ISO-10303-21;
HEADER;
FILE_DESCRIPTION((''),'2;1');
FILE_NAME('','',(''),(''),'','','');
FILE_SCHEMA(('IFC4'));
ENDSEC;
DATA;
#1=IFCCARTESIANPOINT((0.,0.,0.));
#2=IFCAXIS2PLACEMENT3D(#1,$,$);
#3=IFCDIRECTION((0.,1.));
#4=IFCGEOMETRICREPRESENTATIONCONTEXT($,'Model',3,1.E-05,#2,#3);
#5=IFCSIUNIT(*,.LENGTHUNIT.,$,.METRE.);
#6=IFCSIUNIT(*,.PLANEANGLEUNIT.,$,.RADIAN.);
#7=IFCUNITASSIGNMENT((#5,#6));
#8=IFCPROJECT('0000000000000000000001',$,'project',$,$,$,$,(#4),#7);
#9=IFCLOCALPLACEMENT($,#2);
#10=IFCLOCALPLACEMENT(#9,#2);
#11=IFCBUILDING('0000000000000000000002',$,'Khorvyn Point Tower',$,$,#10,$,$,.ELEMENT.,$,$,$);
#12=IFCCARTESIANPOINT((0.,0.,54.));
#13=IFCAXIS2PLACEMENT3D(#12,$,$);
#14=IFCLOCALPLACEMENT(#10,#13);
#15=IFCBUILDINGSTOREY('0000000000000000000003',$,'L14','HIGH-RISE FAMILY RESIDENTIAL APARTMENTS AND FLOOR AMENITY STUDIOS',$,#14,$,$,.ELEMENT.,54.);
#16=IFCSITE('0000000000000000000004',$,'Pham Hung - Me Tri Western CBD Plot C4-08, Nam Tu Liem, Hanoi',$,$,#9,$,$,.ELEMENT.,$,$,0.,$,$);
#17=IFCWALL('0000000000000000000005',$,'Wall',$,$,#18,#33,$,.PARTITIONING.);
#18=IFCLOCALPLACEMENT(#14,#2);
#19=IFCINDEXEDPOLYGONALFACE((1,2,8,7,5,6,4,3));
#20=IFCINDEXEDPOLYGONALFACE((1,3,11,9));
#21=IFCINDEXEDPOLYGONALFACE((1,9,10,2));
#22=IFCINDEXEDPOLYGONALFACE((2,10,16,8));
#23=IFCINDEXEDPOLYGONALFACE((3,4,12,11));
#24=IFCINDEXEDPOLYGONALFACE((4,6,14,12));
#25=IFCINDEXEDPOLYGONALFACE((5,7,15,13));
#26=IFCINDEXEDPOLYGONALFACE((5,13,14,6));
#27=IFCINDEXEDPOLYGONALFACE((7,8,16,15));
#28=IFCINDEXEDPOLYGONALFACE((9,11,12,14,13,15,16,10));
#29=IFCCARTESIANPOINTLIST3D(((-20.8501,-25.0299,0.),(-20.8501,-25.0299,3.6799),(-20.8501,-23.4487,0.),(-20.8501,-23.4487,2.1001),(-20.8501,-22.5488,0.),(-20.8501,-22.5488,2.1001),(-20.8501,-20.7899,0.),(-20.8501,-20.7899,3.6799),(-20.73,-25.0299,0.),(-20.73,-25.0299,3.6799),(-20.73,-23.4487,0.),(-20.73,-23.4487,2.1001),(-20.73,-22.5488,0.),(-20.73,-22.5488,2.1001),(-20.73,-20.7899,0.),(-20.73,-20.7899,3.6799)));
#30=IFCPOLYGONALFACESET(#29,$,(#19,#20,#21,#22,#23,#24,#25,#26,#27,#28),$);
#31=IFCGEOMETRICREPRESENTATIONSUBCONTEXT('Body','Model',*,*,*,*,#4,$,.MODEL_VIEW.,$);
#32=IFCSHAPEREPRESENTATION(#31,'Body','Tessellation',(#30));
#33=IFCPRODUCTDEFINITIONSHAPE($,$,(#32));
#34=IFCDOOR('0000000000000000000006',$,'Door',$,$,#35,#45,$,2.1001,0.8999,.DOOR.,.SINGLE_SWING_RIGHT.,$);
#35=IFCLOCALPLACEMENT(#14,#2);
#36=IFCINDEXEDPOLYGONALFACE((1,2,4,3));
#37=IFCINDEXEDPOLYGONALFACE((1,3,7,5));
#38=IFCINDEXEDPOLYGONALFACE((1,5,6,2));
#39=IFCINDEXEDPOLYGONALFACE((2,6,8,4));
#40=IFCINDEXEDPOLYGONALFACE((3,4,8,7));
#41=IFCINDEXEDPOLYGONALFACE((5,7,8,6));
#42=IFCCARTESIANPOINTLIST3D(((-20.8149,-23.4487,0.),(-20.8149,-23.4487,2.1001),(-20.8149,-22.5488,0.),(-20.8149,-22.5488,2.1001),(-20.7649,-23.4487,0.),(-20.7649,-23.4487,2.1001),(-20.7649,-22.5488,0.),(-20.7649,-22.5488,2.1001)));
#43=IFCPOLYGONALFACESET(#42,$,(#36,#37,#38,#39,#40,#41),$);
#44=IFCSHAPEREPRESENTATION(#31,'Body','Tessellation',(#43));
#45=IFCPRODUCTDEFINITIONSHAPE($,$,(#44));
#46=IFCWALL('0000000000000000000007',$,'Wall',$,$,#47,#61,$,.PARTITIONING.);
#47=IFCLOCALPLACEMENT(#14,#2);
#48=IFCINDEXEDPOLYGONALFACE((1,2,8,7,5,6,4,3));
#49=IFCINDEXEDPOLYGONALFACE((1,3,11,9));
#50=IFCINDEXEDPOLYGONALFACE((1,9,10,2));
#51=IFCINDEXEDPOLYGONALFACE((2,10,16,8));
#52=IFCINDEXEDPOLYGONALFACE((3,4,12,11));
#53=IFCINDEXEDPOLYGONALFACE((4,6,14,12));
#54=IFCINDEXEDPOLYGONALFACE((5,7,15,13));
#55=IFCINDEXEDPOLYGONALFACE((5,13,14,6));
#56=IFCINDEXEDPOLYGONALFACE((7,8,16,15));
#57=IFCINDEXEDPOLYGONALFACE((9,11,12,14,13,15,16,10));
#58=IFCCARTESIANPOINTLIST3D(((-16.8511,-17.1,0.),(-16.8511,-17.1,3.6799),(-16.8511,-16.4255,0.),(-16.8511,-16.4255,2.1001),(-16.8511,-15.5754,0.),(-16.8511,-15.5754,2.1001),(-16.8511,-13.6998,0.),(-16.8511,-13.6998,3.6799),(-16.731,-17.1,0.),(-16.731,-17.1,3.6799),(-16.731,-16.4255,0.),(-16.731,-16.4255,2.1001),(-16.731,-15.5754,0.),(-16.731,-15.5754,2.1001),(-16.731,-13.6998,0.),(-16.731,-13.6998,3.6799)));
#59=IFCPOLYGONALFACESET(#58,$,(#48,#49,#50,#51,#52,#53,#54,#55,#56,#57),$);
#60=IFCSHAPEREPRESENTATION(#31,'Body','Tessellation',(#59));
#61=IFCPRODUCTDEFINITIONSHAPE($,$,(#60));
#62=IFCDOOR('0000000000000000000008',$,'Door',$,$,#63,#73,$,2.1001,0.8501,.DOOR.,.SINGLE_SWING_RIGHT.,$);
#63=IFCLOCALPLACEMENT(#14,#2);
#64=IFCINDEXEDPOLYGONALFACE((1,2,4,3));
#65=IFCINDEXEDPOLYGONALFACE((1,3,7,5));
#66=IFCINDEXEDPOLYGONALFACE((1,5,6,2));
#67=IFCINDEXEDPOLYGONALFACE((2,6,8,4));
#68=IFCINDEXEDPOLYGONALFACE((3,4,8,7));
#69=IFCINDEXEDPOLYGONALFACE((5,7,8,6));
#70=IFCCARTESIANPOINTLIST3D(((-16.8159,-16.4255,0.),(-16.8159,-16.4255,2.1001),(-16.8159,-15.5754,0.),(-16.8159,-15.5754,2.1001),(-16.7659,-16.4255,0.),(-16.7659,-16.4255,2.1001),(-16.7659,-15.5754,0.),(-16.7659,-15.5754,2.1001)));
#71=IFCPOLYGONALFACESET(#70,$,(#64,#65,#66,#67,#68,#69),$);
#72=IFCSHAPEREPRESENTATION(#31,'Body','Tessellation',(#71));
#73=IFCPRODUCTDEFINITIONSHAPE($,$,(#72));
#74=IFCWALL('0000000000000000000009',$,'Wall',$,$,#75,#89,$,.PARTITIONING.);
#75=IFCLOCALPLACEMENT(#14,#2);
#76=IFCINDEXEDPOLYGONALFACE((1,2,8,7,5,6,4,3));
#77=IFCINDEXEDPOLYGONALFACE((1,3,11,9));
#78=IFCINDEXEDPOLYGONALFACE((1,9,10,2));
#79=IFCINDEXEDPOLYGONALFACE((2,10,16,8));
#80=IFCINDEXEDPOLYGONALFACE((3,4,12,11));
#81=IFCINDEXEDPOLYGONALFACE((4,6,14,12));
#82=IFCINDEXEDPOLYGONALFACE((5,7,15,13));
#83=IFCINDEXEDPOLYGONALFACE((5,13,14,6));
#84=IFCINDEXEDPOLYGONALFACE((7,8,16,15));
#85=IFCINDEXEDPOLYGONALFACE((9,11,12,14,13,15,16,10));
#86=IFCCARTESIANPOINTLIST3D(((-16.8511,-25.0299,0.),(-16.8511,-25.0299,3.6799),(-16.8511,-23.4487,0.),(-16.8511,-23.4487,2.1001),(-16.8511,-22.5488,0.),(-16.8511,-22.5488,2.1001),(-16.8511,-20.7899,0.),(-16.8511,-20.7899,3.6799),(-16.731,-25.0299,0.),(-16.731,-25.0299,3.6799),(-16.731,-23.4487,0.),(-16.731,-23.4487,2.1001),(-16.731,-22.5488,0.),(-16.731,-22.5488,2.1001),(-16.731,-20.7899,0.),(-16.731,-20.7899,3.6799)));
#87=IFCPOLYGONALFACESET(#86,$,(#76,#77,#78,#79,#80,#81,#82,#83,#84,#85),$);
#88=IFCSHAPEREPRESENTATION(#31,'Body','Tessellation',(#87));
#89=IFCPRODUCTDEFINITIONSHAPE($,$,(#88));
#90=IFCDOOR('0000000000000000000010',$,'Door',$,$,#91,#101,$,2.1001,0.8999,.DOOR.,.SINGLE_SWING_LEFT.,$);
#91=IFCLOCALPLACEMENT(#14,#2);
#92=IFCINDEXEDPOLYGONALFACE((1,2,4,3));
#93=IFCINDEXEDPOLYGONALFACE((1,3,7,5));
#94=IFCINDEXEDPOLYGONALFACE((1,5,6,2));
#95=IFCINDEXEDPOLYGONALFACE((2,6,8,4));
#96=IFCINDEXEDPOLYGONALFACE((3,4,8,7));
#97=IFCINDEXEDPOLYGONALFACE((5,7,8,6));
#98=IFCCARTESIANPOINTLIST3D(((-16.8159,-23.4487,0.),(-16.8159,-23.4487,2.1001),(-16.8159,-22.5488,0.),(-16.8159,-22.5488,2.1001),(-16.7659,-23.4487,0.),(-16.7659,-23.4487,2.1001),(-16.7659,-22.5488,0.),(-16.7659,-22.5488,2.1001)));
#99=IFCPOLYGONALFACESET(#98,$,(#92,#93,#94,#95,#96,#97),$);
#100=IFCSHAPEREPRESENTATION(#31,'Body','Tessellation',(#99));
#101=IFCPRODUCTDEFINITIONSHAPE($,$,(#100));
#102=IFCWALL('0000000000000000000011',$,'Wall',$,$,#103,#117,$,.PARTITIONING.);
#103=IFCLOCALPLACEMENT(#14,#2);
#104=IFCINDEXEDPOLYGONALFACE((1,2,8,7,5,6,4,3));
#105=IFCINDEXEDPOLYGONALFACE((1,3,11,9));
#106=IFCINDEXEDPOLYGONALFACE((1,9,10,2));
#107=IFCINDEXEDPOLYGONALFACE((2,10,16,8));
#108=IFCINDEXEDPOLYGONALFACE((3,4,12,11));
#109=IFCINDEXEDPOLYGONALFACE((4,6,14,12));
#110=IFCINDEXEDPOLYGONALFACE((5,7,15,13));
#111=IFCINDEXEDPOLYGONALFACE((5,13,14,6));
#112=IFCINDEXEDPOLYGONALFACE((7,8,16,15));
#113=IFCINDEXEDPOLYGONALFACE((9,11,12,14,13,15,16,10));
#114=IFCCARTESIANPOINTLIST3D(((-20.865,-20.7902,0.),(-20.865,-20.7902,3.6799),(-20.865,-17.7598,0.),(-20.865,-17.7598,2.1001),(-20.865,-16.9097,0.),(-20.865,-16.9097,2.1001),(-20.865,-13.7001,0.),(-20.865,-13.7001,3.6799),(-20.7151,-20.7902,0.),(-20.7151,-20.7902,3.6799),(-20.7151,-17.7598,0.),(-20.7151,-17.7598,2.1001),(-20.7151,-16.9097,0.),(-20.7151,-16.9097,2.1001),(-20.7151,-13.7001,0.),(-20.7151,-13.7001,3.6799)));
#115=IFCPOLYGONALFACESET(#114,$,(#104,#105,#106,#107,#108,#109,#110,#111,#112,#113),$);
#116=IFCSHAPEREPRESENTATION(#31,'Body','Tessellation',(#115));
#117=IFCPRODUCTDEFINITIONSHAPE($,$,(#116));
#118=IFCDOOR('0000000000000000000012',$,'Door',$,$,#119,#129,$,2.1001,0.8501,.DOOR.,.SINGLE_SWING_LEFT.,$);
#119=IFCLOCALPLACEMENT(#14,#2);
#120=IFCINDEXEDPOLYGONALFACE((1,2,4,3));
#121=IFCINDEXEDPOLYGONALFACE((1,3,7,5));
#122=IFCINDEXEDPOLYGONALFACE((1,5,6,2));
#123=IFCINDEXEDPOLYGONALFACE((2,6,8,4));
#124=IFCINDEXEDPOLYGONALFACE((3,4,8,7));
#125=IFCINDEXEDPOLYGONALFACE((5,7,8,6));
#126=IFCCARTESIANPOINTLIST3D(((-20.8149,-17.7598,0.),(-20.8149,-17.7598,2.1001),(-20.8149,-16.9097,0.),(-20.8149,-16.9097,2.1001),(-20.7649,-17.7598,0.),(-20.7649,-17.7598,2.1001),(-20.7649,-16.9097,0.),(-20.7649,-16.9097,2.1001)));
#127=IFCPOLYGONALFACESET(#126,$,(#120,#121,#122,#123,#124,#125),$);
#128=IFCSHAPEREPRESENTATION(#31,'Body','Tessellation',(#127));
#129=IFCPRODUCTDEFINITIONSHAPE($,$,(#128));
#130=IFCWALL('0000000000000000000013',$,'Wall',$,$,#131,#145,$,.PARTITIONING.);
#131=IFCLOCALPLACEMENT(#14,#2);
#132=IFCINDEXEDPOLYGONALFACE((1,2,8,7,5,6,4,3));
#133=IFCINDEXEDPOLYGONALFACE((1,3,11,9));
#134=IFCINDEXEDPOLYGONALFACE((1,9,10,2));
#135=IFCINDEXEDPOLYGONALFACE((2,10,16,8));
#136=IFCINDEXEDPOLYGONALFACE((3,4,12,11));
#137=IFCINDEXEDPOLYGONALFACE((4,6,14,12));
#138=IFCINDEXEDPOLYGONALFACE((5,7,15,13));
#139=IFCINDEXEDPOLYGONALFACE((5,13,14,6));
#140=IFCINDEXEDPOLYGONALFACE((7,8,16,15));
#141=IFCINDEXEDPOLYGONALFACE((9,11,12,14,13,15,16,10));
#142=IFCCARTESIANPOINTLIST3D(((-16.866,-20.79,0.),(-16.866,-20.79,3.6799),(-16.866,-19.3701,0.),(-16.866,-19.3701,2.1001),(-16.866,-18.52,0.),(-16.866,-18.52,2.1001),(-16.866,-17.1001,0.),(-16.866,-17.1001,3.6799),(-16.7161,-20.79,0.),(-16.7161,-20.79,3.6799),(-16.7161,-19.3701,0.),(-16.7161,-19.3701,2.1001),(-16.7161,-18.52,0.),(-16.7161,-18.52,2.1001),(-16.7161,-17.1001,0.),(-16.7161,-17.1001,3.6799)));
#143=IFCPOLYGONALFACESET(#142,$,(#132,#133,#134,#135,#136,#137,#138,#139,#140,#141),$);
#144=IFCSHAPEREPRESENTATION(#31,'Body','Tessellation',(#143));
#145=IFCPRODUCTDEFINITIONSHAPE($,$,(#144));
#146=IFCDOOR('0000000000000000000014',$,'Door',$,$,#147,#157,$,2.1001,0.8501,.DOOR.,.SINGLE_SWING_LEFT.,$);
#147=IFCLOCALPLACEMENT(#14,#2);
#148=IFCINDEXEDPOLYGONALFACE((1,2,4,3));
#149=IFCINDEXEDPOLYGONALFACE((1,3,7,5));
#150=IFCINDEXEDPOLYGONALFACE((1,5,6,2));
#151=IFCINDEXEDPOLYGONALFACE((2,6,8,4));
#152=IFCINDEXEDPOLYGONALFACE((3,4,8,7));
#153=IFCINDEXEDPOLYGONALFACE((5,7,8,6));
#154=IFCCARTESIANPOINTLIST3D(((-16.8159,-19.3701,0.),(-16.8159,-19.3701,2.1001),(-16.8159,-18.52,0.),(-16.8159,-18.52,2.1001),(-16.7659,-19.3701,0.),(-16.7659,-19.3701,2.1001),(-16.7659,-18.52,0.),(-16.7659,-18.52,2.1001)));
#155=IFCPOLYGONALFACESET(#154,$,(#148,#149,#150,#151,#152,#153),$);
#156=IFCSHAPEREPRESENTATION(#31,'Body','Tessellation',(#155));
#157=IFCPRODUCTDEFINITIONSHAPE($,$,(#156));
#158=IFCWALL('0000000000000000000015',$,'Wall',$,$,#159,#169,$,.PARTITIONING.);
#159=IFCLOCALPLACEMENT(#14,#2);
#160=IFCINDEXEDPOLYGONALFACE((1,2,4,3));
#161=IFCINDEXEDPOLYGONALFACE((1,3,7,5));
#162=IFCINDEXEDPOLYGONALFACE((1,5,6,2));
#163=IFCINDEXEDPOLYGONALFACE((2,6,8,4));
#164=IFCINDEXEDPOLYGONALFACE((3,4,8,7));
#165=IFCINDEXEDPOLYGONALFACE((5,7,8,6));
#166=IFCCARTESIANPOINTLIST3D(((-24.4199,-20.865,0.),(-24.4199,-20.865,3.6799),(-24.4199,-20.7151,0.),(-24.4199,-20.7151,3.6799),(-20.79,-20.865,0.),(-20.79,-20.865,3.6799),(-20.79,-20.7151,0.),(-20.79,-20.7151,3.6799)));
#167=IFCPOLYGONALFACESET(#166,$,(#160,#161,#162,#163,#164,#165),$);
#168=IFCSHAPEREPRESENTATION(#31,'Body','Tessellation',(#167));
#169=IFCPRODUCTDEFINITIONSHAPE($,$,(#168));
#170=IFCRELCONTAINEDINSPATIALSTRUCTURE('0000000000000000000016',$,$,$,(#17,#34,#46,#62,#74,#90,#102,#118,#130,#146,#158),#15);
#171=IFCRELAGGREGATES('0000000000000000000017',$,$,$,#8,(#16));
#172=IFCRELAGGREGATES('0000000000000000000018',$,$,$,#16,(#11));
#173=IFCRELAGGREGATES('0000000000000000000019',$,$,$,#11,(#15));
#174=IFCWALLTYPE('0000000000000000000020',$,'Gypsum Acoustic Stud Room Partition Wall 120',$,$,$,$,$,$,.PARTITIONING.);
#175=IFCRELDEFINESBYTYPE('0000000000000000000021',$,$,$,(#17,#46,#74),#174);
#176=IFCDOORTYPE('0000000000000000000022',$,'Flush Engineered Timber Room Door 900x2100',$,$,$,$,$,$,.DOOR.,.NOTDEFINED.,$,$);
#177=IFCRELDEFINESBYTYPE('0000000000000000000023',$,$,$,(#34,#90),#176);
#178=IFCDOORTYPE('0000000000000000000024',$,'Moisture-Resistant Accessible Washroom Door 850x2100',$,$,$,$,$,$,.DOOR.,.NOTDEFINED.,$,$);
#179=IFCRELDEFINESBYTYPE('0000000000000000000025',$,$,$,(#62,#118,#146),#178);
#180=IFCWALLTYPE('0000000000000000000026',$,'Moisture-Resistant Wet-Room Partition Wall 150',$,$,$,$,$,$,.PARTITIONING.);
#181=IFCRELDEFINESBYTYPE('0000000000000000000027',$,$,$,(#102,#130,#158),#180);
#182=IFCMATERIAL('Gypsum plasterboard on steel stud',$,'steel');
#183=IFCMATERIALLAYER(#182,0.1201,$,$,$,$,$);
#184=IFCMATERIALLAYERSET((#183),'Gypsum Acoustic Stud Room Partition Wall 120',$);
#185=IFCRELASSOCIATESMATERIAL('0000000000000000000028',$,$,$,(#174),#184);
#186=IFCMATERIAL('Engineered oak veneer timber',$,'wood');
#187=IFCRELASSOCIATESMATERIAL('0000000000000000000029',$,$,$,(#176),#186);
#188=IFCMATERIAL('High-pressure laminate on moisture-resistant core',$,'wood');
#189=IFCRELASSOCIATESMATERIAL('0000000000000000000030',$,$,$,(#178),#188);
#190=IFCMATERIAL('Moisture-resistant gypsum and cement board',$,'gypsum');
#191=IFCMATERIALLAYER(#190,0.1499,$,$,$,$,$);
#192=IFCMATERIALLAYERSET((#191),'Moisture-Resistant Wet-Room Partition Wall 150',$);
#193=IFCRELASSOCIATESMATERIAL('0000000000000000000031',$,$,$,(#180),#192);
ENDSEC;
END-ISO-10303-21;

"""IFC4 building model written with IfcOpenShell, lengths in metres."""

from ifc_helpers import new_model, si_unit, direction, frame, frame_2d, origin, place, context, subcontext, project, spatial, rectangle, extrude, material, layer, layer_set, type_object, element, fill, save


model = new_model("IFC4")

# Units and contexts
model_context = context("Model", 3, precision=1e-05, world=origin(), true_north=direction((0.0, 1.0)))
body_context = subcontext(model_context, "Body", "Model", "MODEL_VIEW")
ifc_project = project(units=[si_unit("LENGTHUNIT", "METRE"), si_unit("PLANEANGLEUNIT", "RADIAN")], contexts=[model_context])

# Site, building, storey
site_placement = place(None, origin())
site = spatial("IfcSite", under=ifc_project, at=site_placement, Name="Pham Hung - Me Tri Western CBD Plot C4-08, Nam Tu Liem, Hanoi", CompositionType="ELEMENT", RefElevation=0.0)
building_placement = place(site_placement, origin())
building = spatial("IfcBuilding", under=site, at=building_placement, Name="Khorvyn Point Tower", CompositionType="ELEMENT")
storey_placement = place(building_placement, frame((0.0, 0.0, 54.0)))
storey = spatial("IfcBuildingStorey", under=building, at=storey_placement, Name="L14", Description="HIGH-RISE FAMILY RESIDENTIAL APARTMENTS AND FLOOR AMENITY STUDIOS", CompositionType="ELEMENT", Elevation=54.0)

# Walls, openings, doors
ifc_material_1 = material(Name="Gypsum plasterboard on steel stud", Category="steel")
ifc_layer_1 = layer(ifc_material_1, 0.1201)
ifc_layer_set_1 = layer_set([ifc_layer_1], Name="Gypsum Acoustic Stud Room Partition Wall 120")
wall_type_1 = type_object("IfcWallType", Name="Gypsum Acoustic Stud Room Partition Wall 120", PredefinedType="PARTITIONING", material=ifc_layer_set_1)
wall_1_placement = place(storey_placement, frame((-20.79, -25.03, 0.0), z_axis=(0.0, 0.0, 1.0), x_axis=(0.0, 1.0, 0.0)))
wall_1 = element("IfcWall", 1, at=wall_1_placement, inside=storey, type_object=wall_type_1, Name="Wall", PredefinedType="PARTITIONING", context=body_context, shape_type="SweptSolid", body=[
    extrude(rectangle(XDim=4.24, YDim=0.1201, at=frame_2d((2.1201, 0.0))), origin(), (0.0, 0.0, 1.0), 3.6799),
])
opening_1_placement = place(wall_1_placement, frame((1.5813, 0.0, 0.0)))
opening_1 = element("IfcOpeningElement", 2, at=opening_1_placement, cuts=wall_1, PredefinedType="OPENING", context=body_context, shape_type="SweptSolid", body=[
    extrude(rectangle(XDim=0.8999, YDim=2.1001, at=frame_2d((0.45, 1.05))), frame((0.0, 0.0701, 0.0), z_axis=(0.0, -1.0, 0.0), x_axis=(1.0, 0.0, 0.0)), (0.0, 0.0, 1.0), 0.1401),
])
ifc_material_2 = material(Name="Engineered oak veneer timber", Category="wood")
door_type_1 = type_object("IfcDoorType", Name="Flush Engineered Timber Room Door 900x2100", OperationType="NOTDEFINED", PredefinedType="DOOR", material=ifc_material_2)
door_1_placement = place(opening_1_placement, origin())
door_1 = element("IfcDoor", 3, at=door_1_placement, inside=storey, type_object=door_type_1, Name="Door", OperationType="SINGLE_SWING_RIGHT", OverallHeight=2.1001, OverallWidth=0.8999, PredefinedType="DOOR", context=body_context, shape_type="SweptSolid", body=[
    extrude(rectangle(XDim=0.8999, YDim=2.1001, at=frame_2d((0.45, 1.05))), frame((0.0, 0.0249, 0.0), z_axis=(0.0, -1.0, 0.0), x_axis=(1.0, 0.0, 0.0)), (0.0, 0.0, 1.0), 0.05),
])
fill(opening_1, door_1)
wall_2_placement = place(storey_placement, frame((-16.791, -17.1001, 0.0), z_axis=(0.0, 0.0, 1.0), x_axis=(0.0, 1.0, 0.0)))
wall_2 = element("IfcWall", 4, at=wall_2_placement, inside=storey, type_object=wall_type_1, Name="Wall", PredefinedType="PARTITIONING", context=body_context, shape_type="SweptSolid", body=[
    extrude(rectangle(XDim=3.4001, YDim=0.1201, at=frame_2d((1.7002, 0.0))), origin(), (0.0, 0.0, 1.0), 3.6799),
])
opening_2_placement = place(wall_2_placement, frame((0.6746, 0.0, 0.0)))
opening_2 = element("IfcOpeningElement", 5, at=opening_2_placement, cuts=wall_2, PredefinedType="OPENING", context=body_context, shape_type="SweptSolid", body=[
    extrude(rectangle(XDim=0.8501, YDim=2.1001, at=frame_2d((0.425, 1.05))), frame((0.0, 0.0701, 0.0), z_axis=(0.0, -1.0, 0.0), x_axis=(1.0, 0.0, 0.0)), (0.0, 0.0, 1.0), 0.1401),
])
ifc_material_3 = material(Name="High-pressure laminate on moisture-resistant core", Category="wood")
door_type_2 = type_object("IfcDoorType", Name="Moisture-Resistant Accessible Washroom Door 850x2100", OperationType="NOTDEFINED", PredefinedType="DOOR", material=ifc_material_3)
door_2_placement = place(opening_2_placement, origin())
door_2 = element("IfcDoor", 6, at=door_2_placement, inside=storey, type_object=door_type_2, Name="Door", OperationType="SINGLE_SWING_RIGHT", OverallHeight=2.1001, OverallWidth=0.8501, PredefinedType="DOOR", context=body_context, shape_type="SweptSolid", body=[
    extrude(rectangle(XDim=0.8501, YDim=2.1001, at=frame_2d((0.425, 1.05))), frame((0.0, 0.0249, 0.0), z_axis=(0.0, -1.0, 0.0), x_axis=(1.0, 0.0, 0.0)), (0.0, 0.0, 1.0), 0.05),
])
fill(opening_2, door_2)
wall_3_placement = place(storey_placement, frame((-16.791, -25.03, 0.0), z_axis=(0.0, 0.0, 1.0), x_axis=(0.0, 1.0, 0.0)))
wall_3 = element("IfcWall", 7, at=wall_3_placement, inside=storey, type_object=wall_type_1, Name="Wall", PredefinedType="PARTITIONING", context=body_context, shape_type="SweptSolid", body=[
    extrude(rectangle(XDim=4.24, YDim=0.1201, at=frame_2d((2.1201, 0.0))), origin(), (0.0, 0.0, 1.0), 3.6799),
])
opening_3_placement = place(wall_3_placement, frame((1.5813, 0.0, 0.0)))
opening_3 = element("IfcOpeningElement", 8, at=opening_3_placement, cuts=wall_3, PredefinedType="OPENING", context=body_context, shape_type="SweptSolid", body=[
    extrude(rectangle(XDim=0.8999, YDim=2.1001, at=frame_2d((0.45, 1.05))), frame((0.0, 0.0701, 0.0), z_axis=(0.0, -1.0, 0.0), x_axis=(1.0, 0.0, 0.0)), (0.0, 0.0, 1.0), 0.1401),
])
door_3_placement = place(opening_3_placement, origin())
door_3 = element("IfcDoor", 9, at=door_3_placement, inside=storey, type_object=door_type_1, Name="Door", OperationType="SINGLE_SWING_LEFT", OverallHeight=2.1001, OverallWidth=0.8999, PredefinedType="DOOR", context=body_context, shape_type="SweptSolid", body=[
    extrude(rectangle(XDim=0.8999, YDim=2.1001, at=frame_2d((0.45, 1.05))), frame((0.0, 0.0249, 0.0), z_axis=(0.0, -1.0, 0.0), x_axis=(1.0, 0.0, 0.0)), (0.0, 0.0, 1.0), 0.05),
])
fill(opening_3, door_3)
ifc_material_4 = material(Name="Moisture-resistant gypsum and cement board", Category="gypsum")
ifc_layer_2 = layer(ifc_material_4, 0.1499)
ifc_layer_set_2 = layer_set([ifc_layer_2], Name="Moisture-Resistant Wet-Room Partition Wall 150")
wall_type_2 = type_object("IfcWallType", Name="Moisture-Resistant Wet-Room Partition Wall 150", PredefinedType="PARTITIONING", material=ifc_layer_set_2)
wall_4_placement = place(storey_placement, frame((-20.79, -20.79, 0.0), z_axis=(0.0, 0.0, 1.0), x_axis=(0.0, 1.0, 0.0)))
wall_4 = element("IfcWall", 10, at=wall_4_placement, inside=storey, type_object=wall_type_2, Name="Wall", PredefinedType="PARTITIONING", context=body_context, shape_type="SweptSolid", body=[
    extrude(rectangle(XDim=7.0901, YDim=0.1499, at=frame_2d((3.5449, 0.0))), origin(), (0.0, 0.0, 1.0), 3.6799),
])
opening_4_placement = place(wall_4_placement, frame((3.0303, 0.0, 0.0)))
opening_4 = element("IfcOpeningElement", 11, at=opening_4_placement, cuts=wall_4, PredefinedType="OPENING", context=body_context, shape_type="SweptSolid", body=[
    extrude(rectangle(XDim=0.8501, YDim=2.1001, at=frame_2d((0.425, 1.05))), frame((0.0, 0.085, 0.0), z_axis=(0.0, -1.0, 0.0), x_axis=(1.0, 0.0, 0.0)), (0.0, 0.0, 1.0), 0.1699),
])
door_4_placement = place(opening_4_placement, origin())
door_4 = element("IfcDoor", 12, at=door_4_placement, inside=storey, type_object=door_type_2, Name="Door", OperationType="SINGLE_SWING_LEFT", OverallHeight=2.1001, OverallWidth=0.8501, PredefinedType="DOOR", context=body_context, shape_type="SweptSolid", body=[
    extrude(rectangle(XDim=0.8501, YDim=2.1001, at=frame_2d((0.425, 1.05))), frame((0.0, 0.0249, 0.0), z_axis=(0.0, -1.0, 0.0), x_axis=(1.0, 0.0, 0.0)), (0.0, 0.0, 1.0), 0.05),
])
fill(opening_4, door_4)
wall_5_placement = place(storey_placement, frame((-16.791, -20.79, 0.0), z_axis=(0.0, 0.0, 1.0), x_axis=(0.0, 1.0, 0.0)))
wall_5 = element("IfcWall", 13, at=wall_5_placement, inside=storey, type_object=wall_type_2, Name="Wall", PredefinedType="PARTITIONING", context=body_context, shape_type="SweptSolid", body=[
    extrude(rectangle(XDim=3.6899, YDim=0.1499, at=frame_2d((1.845, 0.0))), origin(), (0.0, 0.0, 1.0), 3.6799),
])
opening_5_placement = place(wall_5_placement, frame((1.4199, 0.0, 0.0)))
opening_5 = element("IfcOpeningElement", 14, at=opening_5_placement, cuts=wall_5, PredefinedType="OPENING", context=body_context, shape_type="SweptSolid", body=[
    extrude(rectangle(XDim=0.8501, YDim=2.1001, at=frame_2d((0.425, 1.05))), frame((0.0, 0.085, 0.0), z_axis=(0.0, -1.0, 0.0), x_axis=(1.0, 0.0, 0.0)), (0.0, 0.0, 1.0), 0.1699),
])
door_5_placement = place(opening_5_placement, origin())
door_5 = element("IfcDoor", 15, at=door_5_placement, inside=storey, type_object=door_type_2, Name="Door", OperationType="SINGLE_SWING_LEFT", OverallHeight=2.1001, OverallWidth=0.8501, PredefinedType="DOOR", context=body_context, shape_type="SweptSolid", body=[
    extrude(rectangle(XDim=0.8501, YDim=2.1001, at=frame_2d((0.425, 1.05))), frame((0.0, 0.0249, 0.0), z_axis=(0.0, -1.0, 0.0), x_axis=(1.0, 0.0, 0.0)), (0.0, 0.0, 1.0), 0.05),
])
fill(opening_5, door_5)

# Wall
wall_6_placement = place(storey_placement, frame((-24.4199, -20.79, 0.0), z_axis=(0.0, 0.0, 1.0), x_axis=(1.0, 0.0, 0.0)))
element("IfcWall", 16, at=wall_6_placement, inside=storey, type_object=wall_type_2, Name="Wall", PredefinedType="PARTITIONING", context=body_context, shape_type="SweptSolid", body=[
    extrude(rectangle(XDim=3.6299, YDim=0.1499, at=frame_2d((1.8149, 0.0))), origin(), (0.0, 0.0, 1.0), 3.6799),
])

save(model, "model.ifc")
